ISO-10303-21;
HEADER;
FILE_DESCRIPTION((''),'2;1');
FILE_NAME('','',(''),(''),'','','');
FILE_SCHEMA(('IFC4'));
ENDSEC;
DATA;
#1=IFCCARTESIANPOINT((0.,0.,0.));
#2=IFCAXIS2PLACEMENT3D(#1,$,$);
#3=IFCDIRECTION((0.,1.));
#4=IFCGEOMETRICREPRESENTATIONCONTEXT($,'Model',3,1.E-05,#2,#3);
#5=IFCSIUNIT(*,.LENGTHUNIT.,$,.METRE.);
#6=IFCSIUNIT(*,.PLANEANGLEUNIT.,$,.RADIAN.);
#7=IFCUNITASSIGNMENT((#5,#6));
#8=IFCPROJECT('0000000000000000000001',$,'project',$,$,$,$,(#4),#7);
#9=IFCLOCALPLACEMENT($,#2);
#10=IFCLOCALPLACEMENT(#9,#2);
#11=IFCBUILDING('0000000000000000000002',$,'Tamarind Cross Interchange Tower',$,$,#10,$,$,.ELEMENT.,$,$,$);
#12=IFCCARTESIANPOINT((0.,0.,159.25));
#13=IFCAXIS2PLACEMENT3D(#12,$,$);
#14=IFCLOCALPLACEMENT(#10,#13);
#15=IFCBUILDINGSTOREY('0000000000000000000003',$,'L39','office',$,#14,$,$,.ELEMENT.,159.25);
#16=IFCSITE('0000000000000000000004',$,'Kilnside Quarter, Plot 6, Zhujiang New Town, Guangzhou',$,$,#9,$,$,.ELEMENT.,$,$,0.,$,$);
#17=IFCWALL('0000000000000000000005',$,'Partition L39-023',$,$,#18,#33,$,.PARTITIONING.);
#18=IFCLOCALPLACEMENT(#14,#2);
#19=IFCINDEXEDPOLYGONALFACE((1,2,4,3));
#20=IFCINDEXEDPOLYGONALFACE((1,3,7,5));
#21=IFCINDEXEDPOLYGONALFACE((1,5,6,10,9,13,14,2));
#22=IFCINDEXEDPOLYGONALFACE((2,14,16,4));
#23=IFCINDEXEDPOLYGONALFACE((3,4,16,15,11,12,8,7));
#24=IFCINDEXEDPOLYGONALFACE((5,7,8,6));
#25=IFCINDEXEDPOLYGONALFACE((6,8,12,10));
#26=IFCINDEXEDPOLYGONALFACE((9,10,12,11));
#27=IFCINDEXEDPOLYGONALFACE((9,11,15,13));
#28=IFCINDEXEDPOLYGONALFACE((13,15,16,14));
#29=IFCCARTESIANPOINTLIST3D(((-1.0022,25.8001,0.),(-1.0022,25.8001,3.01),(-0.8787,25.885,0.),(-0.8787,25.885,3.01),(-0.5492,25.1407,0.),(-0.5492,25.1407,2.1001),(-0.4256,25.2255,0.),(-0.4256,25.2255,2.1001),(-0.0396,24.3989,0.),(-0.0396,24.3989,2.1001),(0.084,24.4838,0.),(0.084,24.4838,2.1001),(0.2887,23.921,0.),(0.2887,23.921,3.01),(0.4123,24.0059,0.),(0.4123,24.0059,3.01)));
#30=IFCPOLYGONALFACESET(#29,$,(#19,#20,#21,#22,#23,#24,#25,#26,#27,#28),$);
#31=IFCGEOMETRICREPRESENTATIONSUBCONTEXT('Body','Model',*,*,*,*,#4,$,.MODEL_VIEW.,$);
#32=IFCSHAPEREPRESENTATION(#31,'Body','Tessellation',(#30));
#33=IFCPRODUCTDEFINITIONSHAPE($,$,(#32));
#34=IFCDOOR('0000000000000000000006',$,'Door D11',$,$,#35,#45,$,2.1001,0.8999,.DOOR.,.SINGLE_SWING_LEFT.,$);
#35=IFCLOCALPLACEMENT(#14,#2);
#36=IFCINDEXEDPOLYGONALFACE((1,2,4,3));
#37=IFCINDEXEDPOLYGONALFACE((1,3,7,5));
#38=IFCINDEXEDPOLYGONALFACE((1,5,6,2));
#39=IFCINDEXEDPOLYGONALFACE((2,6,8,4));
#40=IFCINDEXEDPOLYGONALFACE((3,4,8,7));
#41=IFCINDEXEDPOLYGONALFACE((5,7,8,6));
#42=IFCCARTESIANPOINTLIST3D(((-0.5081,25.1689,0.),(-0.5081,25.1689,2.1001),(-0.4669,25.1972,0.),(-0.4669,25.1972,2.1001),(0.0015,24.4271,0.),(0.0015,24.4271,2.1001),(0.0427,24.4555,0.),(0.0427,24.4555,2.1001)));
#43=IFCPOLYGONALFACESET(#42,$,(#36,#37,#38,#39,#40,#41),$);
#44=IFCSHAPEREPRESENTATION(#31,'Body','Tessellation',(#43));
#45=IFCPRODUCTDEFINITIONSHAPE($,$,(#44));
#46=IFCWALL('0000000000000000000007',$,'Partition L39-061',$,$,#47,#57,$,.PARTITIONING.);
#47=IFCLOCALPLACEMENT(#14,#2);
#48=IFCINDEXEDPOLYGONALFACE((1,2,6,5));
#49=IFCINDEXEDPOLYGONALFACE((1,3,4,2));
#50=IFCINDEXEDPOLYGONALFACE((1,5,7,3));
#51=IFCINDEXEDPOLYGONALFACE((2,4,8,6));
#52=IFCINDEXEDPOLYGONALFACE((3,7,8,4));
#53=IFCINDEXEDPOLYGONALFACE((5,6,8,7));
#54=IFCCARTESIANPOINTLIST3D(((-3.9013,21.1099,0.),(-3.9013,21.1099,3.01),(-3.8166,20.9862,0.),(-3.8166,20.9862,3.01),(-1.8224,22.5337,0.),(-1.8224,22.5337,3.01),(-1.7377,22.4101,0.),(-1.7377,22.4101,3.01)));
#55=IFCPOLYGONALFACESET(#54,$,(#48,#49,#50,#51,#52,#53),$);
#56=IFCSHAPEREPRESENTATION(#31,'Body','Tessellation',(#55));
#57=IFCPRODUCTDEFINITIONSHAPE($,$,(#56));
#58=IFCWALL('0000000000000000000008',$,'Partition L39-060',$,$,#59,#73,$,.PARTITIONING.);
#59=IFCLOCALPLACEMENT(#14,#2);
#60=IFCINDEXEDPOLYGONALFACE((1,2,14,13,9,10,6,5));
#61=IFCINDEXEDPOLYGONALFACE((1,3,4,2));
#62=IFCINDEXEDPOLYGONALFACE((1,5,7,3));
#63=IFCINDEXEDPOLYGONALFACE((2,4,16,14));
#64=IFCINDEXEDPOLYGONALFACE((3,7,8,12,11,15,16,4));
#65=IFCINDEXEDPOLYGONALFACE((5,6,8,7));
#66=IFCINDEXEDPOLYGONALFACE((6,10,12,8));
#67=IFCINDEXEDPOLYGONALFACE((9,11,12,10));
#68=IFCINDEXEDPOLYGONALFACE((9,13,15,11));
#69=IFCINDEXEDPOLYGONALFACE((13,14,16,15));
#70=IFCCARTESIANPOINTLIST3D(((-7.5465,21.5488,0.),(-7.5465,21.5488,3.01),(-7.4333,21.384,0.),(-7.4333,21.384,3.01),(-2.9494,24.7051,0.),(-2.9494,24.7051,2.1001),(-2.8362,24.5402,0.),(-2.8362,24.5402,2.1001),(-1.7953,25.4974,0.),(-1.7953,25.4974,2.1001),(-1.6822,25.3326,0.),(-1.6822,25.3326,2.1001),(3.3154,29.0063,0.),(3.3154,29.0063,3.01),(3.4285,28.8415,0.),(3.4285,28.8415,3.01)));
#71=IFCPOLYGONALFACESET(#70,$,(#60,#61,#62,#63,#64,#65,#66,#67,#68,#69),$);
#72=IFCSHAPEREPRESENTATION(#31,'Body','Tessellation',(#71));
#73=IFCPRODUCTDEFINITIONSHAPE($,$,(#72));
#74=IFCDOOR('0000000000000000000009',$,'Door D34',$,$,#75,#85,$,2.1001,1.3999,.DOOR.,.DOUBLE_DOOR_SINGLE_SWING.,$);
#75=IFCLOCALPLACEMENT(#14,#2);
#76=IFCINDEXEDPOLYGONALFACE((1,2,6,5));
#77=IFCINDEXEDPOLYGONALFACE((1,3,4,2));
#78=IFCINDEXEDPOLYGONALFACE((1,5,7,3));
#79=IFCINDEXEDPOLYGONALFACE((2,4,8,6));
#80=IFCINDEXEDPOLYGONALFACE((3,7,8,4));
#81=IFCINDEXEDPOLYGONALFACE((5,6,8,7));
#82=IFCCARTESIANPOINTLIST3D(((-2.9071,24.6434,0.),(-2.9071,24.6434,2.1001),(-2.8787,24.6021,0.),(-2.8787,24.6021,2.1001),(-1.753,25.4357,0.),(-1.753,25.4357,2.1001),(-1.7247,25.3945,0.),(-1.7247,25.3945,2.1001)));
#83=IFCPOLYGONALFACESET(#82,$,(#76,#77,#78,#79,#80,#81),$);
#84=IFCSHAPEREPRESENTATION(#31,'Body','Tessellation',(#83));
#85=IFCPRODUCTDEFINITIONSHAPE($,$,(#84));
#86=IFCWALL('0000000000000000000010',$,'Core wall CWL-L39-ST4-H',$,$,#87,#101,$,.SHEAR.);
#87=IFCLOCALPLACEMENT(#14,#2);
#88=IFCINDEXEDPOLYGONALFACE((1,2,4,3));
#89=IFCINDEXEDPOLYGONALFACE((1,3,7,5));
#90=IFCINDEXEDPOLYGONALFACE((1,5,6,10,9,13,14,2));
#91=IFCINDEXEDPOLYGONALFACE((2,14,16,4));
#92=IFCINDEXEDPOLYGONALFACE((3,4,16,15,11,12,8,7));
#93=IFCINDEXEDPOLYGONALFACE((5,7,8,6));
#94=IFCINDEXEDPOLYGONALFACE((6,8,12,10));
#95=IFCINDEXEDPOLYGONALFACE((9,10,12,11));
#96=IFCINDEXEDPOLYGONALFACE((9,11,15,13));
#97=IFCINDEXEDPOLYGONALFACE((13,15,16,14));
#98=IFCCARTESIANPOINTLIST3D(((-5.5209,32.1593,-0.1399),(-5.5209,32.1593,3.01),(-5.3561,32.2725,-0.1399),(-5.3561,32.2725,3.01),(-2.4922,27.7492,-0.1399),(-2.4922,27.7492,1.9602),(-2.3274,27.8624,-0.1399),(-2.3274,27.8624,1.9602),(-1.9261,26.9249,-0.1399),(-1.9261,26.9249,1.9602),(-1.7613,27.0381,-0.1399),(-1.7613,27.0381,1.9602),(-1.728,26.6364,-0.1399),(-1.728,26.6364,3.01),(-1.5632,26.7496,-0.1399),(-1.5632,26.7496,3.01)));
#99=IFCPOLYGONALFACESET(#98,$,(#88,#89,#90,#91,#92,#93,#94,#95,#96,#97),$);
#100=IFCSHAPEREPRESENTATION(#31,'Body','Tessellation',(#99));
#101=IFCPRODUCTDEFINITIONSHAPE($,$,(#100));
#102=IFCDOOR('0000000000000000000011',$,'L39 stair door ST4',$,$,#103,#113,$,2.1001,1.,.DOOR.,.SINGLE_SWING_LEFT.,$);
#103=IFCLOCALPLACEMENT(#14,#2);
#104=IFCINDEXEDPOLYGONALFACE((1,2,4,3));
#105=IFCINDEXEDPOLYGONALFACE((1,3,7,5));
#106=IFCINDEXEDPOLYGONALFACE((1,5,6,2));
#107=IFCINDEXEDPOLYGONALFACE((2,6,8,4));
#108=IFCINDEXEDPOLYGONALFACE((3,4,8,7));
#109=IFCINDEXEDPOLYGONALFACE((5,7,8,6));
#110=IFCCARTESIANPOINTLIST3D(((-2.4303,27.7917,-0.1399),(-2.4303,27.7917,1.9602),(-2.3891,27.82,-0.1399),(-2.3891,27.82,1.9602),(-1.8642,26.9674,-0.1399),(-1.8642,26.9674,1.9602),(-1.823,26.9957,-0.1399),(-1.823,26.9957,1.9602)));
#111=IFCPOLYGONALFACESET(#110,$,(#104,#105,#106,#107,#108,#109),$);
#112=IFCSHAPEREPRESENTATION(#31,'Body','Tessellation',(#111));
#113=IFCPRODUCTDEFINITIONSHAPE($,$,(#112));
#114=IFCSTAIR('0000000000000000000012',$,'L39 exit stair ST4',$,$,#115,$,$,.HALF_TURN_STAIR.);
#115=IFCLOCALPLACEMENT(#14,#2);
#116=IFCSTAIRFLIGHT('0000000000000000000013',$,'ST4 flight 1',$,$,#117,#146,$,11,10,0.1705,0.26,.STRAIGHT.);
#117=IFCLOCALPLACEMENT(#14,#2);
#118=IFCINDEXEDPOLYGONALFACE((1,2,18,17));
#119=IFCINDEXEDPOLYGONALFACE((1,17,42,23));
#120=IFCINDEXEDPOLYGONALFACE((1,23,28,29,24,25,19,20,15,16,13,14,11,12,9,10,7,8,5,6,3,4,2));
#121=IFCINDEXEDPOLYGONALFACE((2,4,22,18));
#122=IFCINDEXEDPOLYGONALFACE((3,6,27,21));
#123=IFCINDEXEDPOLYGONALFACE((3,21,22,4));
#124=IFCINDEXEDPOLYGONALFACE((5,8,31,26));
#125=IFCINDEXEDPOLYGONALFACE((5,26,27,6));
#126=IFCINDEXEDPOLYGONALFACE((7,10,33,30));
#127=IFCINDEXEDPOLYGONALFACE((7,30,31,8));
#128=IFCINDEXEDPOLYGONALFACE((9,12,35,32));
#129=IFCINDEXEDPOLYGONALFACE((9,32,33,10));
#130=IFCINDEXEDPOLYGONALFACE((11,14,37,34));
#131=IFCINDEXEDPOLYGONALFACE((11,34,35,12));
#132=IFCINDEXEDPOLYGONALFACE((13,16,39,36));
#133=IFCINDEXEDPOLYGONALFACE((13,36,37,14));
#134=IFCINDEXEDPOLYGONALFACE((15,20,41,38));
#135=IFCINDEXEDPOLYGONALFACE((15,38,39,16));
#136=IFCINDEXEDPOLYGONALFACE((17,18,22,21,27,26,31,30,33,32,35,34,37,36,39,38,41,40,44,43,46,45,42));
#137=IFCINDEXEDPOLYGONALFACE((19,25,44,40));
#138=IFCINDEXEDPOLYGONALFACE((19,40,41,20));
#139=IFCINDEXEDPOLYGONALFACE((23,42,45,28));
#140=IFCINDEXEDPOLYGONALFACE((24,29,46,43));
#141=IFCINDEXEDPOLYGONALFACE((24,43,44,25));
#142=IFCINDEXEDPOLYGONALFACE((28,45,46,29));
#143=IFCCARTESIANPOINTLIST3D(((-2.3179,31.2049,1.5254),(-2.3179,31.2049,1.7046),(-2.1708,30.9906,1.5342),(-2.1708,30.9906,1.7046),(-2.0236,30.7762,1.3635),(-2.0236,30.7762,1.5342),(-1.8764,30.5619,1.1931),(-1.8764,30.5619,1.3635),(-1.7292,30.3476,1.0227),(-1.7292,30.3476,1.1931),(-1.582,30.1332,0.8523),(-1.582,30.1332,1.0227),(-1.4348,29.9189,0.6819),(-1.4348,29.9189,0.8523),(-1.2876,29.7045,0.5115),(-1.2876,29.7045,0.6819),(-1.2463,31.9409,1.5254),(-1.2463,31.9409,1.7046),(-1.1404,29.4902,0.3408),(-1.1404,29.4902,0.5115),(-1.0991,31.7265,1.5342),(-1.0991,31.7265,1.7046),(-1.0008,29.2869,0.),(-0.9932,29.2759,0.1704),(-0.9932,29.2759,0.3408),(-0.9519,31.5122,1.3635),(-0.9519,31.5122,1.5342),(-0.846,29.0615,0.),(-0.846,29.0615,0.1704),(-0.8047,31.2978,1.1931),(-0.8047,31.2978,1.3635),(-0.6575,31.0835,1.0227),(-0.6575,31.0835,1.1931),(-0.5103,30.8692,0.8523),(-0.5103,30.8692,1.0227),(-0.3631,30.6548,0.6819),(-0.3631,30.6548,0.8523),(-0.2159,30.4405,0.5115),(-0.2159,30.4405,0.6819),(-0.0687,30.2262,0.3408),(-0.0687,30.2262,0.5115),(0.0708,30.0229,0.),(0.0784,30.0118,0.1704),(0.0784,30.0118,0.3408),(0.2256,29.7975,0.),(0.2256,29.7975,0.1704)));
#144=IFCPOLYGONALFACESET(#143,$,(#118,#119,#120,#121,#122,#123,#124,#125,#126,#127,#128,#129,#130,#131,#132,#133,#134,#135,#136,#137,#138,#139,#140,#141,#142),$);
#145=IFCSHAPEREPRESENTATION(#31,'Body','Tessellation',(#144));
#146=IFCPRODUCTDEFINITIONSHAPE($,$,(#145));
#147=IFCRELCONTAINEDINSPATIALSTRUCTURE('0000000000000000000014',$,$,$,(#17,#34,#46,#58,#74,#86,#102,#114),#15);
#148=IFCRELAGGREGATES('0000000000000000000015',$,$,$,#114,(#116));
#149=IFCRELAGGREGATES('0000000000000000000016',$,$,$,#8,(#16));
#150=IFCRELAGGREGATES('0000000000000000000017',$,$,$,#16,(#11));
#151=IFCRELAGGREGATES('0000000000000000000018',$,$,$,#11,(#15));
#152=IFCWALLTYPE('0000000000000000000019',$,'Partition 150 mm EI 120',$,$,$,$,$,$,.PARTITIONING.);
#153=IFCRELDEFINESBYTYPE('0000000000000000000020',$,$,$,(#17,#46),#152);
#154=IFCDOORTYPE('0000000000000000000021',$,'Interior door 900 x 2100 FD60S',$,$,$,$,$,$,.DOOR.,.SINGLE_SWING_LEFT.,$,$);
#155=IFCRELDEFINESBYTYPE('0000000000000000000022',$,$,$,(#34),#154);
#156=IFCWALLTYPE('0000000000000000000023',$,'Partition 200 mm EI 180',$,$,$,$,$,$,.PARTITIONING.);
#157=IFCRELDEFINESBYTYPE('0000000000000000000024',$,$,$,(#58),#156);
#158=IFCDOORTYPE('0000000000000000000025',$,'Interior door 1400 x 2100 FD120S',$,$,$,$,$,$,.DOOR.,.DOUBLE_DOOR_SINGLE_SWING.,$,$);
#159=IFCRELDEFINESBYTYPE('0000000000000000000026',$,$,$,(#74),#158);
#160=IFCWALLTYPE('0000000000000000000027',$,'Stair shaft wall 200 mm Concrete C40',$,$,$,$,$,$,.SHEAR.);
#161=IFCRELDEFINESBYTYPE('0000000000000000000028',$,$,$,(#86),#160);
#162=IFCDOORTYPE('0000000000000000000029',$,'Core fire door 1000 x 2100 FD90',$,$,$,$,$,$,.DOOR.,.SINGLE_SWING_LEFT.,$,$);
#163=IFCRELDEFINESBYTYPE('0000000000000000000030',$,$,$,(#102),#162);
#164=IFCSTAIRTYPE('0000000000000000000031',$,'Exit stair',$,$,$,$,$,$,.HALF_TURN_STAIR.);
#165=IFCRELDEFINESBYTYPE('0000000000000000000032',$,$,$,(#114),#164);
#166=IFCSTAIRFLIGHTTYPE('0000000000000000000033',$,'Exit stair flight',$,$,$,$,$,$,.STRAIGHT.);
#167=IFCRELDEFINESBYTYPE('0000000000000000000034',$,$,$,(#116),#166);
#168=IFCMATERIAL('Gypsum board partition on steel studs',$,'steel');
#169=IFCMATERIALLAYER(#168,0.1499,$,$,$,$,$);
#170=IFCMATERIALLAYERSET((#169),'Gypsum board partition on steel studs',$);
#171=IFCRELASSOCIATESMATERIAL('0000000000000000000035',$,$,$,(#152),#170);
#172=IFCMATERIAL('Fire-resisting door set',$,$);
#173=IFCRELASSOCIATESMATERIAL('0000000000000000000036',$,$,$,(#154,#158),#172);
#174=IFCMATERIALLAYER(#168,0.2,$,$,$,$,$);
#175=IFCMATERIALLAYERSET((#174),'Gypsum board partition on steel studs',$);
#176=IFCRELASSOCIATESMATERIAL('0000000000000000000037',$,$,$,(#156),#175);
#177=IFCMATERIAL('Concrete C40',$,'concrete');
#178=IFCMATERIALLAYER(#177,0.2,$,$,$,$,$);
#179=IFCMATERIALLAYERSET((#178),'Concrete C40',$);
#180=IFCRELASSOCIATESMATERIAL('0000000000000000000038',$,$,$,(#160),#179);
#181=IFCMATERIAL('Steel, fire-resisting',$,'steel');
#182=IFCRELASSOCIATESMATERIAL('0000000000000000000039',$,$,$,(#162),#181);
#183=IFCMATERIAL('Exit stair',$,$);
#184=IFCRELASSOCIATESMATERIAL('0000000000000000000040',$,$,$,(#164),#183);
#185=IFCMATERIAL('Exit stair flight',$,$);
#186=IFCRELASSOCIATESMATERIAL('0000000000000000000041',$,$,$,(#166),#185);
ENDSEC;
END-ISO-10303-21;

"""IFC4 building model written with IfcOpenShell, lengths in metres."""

from ifc_helpers import new_model, si_unit, direction, frame, frame_2d, origin, place, context, subcontext, project, spatial, polyline, rectangle, outline, extrude, material, layer, layer_set, type_object, element, fill, aggregate, save


model = new_model("IFC4")

# Units and contexts
model_context = context("Model", 3, precision=1e-05, world=origin(), true_north=direction((0.0, 1.0)))
body_context = subcontext(model_context, "Body", "Model", "MODEL_VIEW")
ifc_project = project(units=[si_unit("LENGTHUNIT", "METRE"), si_unit("PLANEANGLEUNIT", "RADIAN")], contexts=[model_context])

# Site, building, storey
site_placement = place(None, origin())
site = spatial("IfcSite", under=ifc_project, at=site_placement, Name="Kilnside Quarter, Plot 6, Zhujiang New Town, Guangzhou", CompositionType="ELEMENT", RefElevation=0.0)
building_placement = place(site_placement, origin())
building = spatial("IfcBuilding", under=site, at=building_placement, Name="Tamarind Cross Interchange Tower", CompositionType="ELEMENT")
storey_placement = place(building_placement, frame((0.0, 0.0, 159.25)))
storey = spatial("IfcBuildingStorey", under=building, at=storey_placement, Name="L39", Description="office", CompositionType="ELEMENT", Elevation=159.25)

# Shared definitions
ifc_material_1 = material(Name="Gypsum board partition on steel studs", Category="steel")
ifc_layer_1 = layer(ifc_material_1, 0.1499)
ifc_layer_set_1 = layer_set([ifc_layer_1], Name="Gypsum board partition on steel studs")
wall_type_1 = type_object("IfcWallType", Name="Partition 150 mm EI 120", PredefinedType="PARTITIONING", material=ifc_layer_set_1)

# Wall, opening, door
ifc_material_2 = material(Name="Fire-resisting door set")
door_type_1 = type_object("IfcDoorType", Name="Interior door 900 x 2100 FD60S", OperationType="SINGLE_SWING_LEFT", PredefinedType="DOOR", material=ifc_material_2)
wall_1_placement = place(storey_placement, frame((-0.9404, 25.8425, 0.0), z_axis=(0.0, 0.0, 1.0), x_axis=(0.566261, -0.824226, 0.0)))
wall_1 = element("IfcWall", 1, at=wall_1_placement, inside=storey, type_object=wall_type_1, Name="Partition L39-023", PredefinedType="PARTITIONING", context=body_context, shape_type="SweptSolid", body=[
    extrude(rectangle(XDim=2.2798, YDim=0.1499, at=frame_2d((1.1399, 0.0))), origin(), (0.0, 0.0, 1.0), 3.01),
])
opening_1_placement = place(wall_1_placement, frame((0.8, 0.0, 0.0)))
opening_1 = element("IfcOpeningElement", 2, at=opening_1_placement, cuts=wall_1, PredefinedType="OPENING", context=body_context, shape_type="SweptSolid", body=[
    extrude(rectangle(XDim=0.8999, YDim=2.1001, at=frame_2d((0.45, 1.05))), frame((0.0, 0.085, 0.0), z_axis=(0.0, -1.0, 0.0), x_axis=(1.0, 0.0, 0.0)), (0.0, 0.0, 1.0), 0.1699),
])
door_1_placement = place(opening_1_placement, origin())
door_1 = element("IfcDoor", 3, at=door_1_placement, inside=storey, type_object=door_type_1, Name="Door D11", OperationType="SINGLE_SWING_LEFT", OverallHeight=2.1001, OverallWidth=0.8999, PredefinedType="DOOR", context=body_context, shape_type="SweptSolid", body=[
    extrude(rectangle(XDim=0.8999, YDim=2.1001, at=frame_2d((0.45, 1.05))), frame((0.0, 0.0249, 0.0), z_axis=(0.0, -1.0, 0.0), x_axis=(1.0, 0.0, 0.0)), (0.0, 0.0, 1.0), 0.05),
])
fill(opening_1, door_1)

# Wall
wall_2_placement = place(storey_placement, frame((-3.8589, 21.0481, 0.0), z_axis=(0.0, 0.0, 1.0), x_axis=(0.825039, 0.565076, 0.0)))
element("IfcWall", 4, at=wall_2_placement, inside=storey, type_object=wall_type_1, Name="Partition L39-061", PredefinedType="PARTITIONING", context=body_context, shape_type="SweptSolid", body=[
    extrude(rectangle(XDim=2.5198, YDim=0.1499, at=frame_2d((1.2598, 0.0))), origin(), (0.0, 0.0, 1.0), 3.01),
])

# Walls, openings, doors
ifc_layer_2 = layer(ifc_material_1, 0.2)
ifc_layer_set_2 = layer_set([ifc_layer_2], Name="Gypsum board partition on steel studs")
wall_type_2 = type_object("IfcWallType", Name="Partition 200 mm EI 180", PredefinedType="PARTITIONING", material=ifc_layer_set_2)
wall_3_placement = place(storey_placement, frame((-7.49, 21.4663, 0.0), z_axis=(0.0, 0.0, 1.0), x_axis=(0.824395, 0.566014, 0.0)))
wall_3 = element("IfcWall", 5, at=wall_3_placement, inside=storey, type_object=wall_type_2, Name="Partition L39-060", PredefinedType="PARTITIONING", context=body_context, shape_type="SweptSolid", body=[
    extrude(rectangle(XDim=13.1755, YDim=0.2, at=frame_2d((6.5879, 0.0))), origin(), (0.0, 0.0, 1.0), 3.01),
])
opening_2_placement = place(wall_3_placement, frame((5.5764, 0.0, 0.0)))
opening_2 = element("IfcOpeningElement", 6, at=opening_2_placement, cuts=wall_3, PredefinedType="OPENING", context=body_context, shape_type="SweptSolid", body=[
    extrude(rectangle(XDim=1.3999, YDim=2.1001, at=frame_2d((0.7, 1.05))), frame((0.0, 0.1099, 0.0), z_axis=(0.0, -1.0, 0.0), x_axis=(1.0, 0.0, 0.0)), (0.0, 0.0, 1.0), 0.22),
])
door_type_2 = type_object("IfcDoorType", Name="Interior door 1400 x 2100 FD120S", OperationType="DOUBLE_DOOR_SINGLE_SWING", PredefinedType="DOOR", material=ifc_material_2)
door_2_placement = place(opening_2_placement, frame((1.3999, 0.0, 0.0), z_axis=(0.0, 0.0, 1.0), x_axis=(-1.0, 0.0, 0.0)))
door_2 = element("IfcDoor", 7, at=door_2_placement, inside=storey, type_object=door_type_2, Name="Door D34", OperationType="DOUBLE_DOOR_SINGLE_SWING", OverallHeight=2.1001, OverallWidth=1.3999, PredefinedType="DOOR", context=body_context, shape_type="SweptSolid", body=[
    extrude(rectangle(XDim=1.3999, YDim=2.1001, at=frame_2d((0.7, 1.05))), frame((0.0, 0.0249, 0.0), z_axis=(0.0, -1.0, 0.0), x_axis=(1.0, 0.0, 0.0)), (0.0, 0.0, 1.0), 0.05),
])
fill(opening_2, door_2)
ifc_material_3 = material(Name="Concrete C40", Category="concrete")
ifc_layer_3 = layer(ifc_material_3, 0.2)
ifc_layer_set_3 = layer_set([ifc_layer_3], Name="Concrete C40")
wall_type_3 = type_object("IfcWallType", Name="Stair shaft wall 200 mm Concrete C40", PredefinedType="SHEAR", material=ifc_layer_set_3)
wall_4_placement = place(storey_placement, frame((-1.6455, 26.6929, -0.1399), z_axis=(0.0, 0.0, 1.0), x_axis=(-0.566117, 0.824325, 0.0)))
wall_4 = element("IfcWall", 8, at=wall_4_placement, inside=storey, type_object=wall_type_3, Name="Core wall CWL-L39-ST4-H", PredefinedType="SHEAR", context=body_context, shape_type="SweptSolid", body=[
    extrude(rectangle(XDim=6.7, YDim=0.2, at=frame_2d((3.3501, 0.0))), origin(), (0.0, 0.0, 1.0), 3.1499),
])
opening_3_placement = place(wall_4_placement, frame((0.3501, 0.0, 0.0)))
opening_3 = element("IfcOpeningElement", 9, at=opening_3_placement, cuts=wall_4, PredefinedType="OPENING", context=body_context, shape_type="SweptSolid", body=[
    extrude(rectangle(XDim=1.0, YDim=2.1001, at=frame_2d((0.5, 1.05))), frame((0.0, 0.1099, 0.0), z_axis=(0.0, -1.0, 0.0), x_axis=(1.0, 0.0, 0.0)), (0.0, 0.0, 1.0), 0.22),
])
ifc_material_4 = material(Name="Steel, fire-resisting", Category="steel")
door_type_3 = type_object("IfcDoorType", Name="Core fire door 1000 x 2100 FD90", OperationType="SINGLE_SWING_LEFT", PredefinedType="DOOR", material=ifc_material_4)
door_3_placement = place(opening_3_placement, origin())
door_3 = element("IfcDoor", 10, at=door_3_placement, inside=storey, type_object=door_type_3, Name="L39 stair door ST4", OperationType="SINGLE_SWING_LEFT", OverallHeight=2.1001, OverallWidth=1.0, PredefinedType="DOOR", context=body_context, shape_type="SweptSolid", body=[
    extrude(rectangle(XDim=1.0, YDim=2.1001, at=frame_2d((0.5, 1.05))), frame((0.0, 0.0249, 0.0), z_axis=(0.0, -1.0, 0.0), x_axis=(1.0, 0.0, 0.0)), (0.0, 0.0, 1.0), 0.05),
])
fill(opening_3, door_3)

# Stair, stair flight
ifc_material_5 = material(Name="Exit stair")
stair_type = type_object("IfcStairType", Name="Exit stair", PredefinedType="HALF_TURN_STAIR", material=ifc_material_5)
stair_placement = place(storey_placement, origin())
stair = element("IfcStair", 11, at=stair_placement, inside=storey, type_object=stair_type, Name="L39 exit stair ST4", PredefinedType="HALF_TURN_STAIR")
ifc_material_6 = material(Name="Exit stair flight")
stair_flight_type = type_object("IfcStairFlightType", Name="Exit stair flight", PredefinedType="STRAIGHT", material=ifc_material_6)
stair_flight_1_placement = place(storey_placement, frame((-0.3103, 29.4294, 0.0), z_axis=(0.0, 0.0, 1.0), x_axis=(-0.566096, 0.82434, 0.0)))
stair_flight_1 = element("IfcStairFlight", 12, at=stair_flight_1_placement, type_object=stair_flight_type, Name="ST4 flight 1", NumberOfRisers=11, NumberOfTreads=10, PredefinedType="STRAIGHT", RiserHeight=0.1705, TreadLength=0.26, context=body_context, shape_type="SweptSolid", body=[
    extrude(outline(polyline([(0.0, 0.0), (0.0, 0.1704), (0.26, 0.1704), (0.26, 0.3408), (0.52, 0.3408), (0.52, 0.5115), (0.78, 0.5115), (0.78, 0.6819), (1.04, 0.6819), (1.04, 0.8523), (1.3, 0.8523), (1.3, 1.0227), (1.5601, 1.0227), (1.5601, 1.1931), (1.8201, 1.1931), (1.8201, 1.3635), (2.0801, 1.3635), (2.0801, 1.5342), (2.3401, 1.5342), (2.3401, 1.7046), (2.6001, 1.7046), (2.6001, 1.875), (2.6001, 1.5254), (0.2734, 0.0), (0.0, 0.0)])), frame((0.0, 0.6499, 0.0), z_axis=(0.0, -1.0, 0.0), x_axis=(1.0, 0.0, 0.0)), (0.0, 0.0, 1.0), 1.3),
])
aggregate(stair, [stair_flight_1])

save(model, "model.ifc")
